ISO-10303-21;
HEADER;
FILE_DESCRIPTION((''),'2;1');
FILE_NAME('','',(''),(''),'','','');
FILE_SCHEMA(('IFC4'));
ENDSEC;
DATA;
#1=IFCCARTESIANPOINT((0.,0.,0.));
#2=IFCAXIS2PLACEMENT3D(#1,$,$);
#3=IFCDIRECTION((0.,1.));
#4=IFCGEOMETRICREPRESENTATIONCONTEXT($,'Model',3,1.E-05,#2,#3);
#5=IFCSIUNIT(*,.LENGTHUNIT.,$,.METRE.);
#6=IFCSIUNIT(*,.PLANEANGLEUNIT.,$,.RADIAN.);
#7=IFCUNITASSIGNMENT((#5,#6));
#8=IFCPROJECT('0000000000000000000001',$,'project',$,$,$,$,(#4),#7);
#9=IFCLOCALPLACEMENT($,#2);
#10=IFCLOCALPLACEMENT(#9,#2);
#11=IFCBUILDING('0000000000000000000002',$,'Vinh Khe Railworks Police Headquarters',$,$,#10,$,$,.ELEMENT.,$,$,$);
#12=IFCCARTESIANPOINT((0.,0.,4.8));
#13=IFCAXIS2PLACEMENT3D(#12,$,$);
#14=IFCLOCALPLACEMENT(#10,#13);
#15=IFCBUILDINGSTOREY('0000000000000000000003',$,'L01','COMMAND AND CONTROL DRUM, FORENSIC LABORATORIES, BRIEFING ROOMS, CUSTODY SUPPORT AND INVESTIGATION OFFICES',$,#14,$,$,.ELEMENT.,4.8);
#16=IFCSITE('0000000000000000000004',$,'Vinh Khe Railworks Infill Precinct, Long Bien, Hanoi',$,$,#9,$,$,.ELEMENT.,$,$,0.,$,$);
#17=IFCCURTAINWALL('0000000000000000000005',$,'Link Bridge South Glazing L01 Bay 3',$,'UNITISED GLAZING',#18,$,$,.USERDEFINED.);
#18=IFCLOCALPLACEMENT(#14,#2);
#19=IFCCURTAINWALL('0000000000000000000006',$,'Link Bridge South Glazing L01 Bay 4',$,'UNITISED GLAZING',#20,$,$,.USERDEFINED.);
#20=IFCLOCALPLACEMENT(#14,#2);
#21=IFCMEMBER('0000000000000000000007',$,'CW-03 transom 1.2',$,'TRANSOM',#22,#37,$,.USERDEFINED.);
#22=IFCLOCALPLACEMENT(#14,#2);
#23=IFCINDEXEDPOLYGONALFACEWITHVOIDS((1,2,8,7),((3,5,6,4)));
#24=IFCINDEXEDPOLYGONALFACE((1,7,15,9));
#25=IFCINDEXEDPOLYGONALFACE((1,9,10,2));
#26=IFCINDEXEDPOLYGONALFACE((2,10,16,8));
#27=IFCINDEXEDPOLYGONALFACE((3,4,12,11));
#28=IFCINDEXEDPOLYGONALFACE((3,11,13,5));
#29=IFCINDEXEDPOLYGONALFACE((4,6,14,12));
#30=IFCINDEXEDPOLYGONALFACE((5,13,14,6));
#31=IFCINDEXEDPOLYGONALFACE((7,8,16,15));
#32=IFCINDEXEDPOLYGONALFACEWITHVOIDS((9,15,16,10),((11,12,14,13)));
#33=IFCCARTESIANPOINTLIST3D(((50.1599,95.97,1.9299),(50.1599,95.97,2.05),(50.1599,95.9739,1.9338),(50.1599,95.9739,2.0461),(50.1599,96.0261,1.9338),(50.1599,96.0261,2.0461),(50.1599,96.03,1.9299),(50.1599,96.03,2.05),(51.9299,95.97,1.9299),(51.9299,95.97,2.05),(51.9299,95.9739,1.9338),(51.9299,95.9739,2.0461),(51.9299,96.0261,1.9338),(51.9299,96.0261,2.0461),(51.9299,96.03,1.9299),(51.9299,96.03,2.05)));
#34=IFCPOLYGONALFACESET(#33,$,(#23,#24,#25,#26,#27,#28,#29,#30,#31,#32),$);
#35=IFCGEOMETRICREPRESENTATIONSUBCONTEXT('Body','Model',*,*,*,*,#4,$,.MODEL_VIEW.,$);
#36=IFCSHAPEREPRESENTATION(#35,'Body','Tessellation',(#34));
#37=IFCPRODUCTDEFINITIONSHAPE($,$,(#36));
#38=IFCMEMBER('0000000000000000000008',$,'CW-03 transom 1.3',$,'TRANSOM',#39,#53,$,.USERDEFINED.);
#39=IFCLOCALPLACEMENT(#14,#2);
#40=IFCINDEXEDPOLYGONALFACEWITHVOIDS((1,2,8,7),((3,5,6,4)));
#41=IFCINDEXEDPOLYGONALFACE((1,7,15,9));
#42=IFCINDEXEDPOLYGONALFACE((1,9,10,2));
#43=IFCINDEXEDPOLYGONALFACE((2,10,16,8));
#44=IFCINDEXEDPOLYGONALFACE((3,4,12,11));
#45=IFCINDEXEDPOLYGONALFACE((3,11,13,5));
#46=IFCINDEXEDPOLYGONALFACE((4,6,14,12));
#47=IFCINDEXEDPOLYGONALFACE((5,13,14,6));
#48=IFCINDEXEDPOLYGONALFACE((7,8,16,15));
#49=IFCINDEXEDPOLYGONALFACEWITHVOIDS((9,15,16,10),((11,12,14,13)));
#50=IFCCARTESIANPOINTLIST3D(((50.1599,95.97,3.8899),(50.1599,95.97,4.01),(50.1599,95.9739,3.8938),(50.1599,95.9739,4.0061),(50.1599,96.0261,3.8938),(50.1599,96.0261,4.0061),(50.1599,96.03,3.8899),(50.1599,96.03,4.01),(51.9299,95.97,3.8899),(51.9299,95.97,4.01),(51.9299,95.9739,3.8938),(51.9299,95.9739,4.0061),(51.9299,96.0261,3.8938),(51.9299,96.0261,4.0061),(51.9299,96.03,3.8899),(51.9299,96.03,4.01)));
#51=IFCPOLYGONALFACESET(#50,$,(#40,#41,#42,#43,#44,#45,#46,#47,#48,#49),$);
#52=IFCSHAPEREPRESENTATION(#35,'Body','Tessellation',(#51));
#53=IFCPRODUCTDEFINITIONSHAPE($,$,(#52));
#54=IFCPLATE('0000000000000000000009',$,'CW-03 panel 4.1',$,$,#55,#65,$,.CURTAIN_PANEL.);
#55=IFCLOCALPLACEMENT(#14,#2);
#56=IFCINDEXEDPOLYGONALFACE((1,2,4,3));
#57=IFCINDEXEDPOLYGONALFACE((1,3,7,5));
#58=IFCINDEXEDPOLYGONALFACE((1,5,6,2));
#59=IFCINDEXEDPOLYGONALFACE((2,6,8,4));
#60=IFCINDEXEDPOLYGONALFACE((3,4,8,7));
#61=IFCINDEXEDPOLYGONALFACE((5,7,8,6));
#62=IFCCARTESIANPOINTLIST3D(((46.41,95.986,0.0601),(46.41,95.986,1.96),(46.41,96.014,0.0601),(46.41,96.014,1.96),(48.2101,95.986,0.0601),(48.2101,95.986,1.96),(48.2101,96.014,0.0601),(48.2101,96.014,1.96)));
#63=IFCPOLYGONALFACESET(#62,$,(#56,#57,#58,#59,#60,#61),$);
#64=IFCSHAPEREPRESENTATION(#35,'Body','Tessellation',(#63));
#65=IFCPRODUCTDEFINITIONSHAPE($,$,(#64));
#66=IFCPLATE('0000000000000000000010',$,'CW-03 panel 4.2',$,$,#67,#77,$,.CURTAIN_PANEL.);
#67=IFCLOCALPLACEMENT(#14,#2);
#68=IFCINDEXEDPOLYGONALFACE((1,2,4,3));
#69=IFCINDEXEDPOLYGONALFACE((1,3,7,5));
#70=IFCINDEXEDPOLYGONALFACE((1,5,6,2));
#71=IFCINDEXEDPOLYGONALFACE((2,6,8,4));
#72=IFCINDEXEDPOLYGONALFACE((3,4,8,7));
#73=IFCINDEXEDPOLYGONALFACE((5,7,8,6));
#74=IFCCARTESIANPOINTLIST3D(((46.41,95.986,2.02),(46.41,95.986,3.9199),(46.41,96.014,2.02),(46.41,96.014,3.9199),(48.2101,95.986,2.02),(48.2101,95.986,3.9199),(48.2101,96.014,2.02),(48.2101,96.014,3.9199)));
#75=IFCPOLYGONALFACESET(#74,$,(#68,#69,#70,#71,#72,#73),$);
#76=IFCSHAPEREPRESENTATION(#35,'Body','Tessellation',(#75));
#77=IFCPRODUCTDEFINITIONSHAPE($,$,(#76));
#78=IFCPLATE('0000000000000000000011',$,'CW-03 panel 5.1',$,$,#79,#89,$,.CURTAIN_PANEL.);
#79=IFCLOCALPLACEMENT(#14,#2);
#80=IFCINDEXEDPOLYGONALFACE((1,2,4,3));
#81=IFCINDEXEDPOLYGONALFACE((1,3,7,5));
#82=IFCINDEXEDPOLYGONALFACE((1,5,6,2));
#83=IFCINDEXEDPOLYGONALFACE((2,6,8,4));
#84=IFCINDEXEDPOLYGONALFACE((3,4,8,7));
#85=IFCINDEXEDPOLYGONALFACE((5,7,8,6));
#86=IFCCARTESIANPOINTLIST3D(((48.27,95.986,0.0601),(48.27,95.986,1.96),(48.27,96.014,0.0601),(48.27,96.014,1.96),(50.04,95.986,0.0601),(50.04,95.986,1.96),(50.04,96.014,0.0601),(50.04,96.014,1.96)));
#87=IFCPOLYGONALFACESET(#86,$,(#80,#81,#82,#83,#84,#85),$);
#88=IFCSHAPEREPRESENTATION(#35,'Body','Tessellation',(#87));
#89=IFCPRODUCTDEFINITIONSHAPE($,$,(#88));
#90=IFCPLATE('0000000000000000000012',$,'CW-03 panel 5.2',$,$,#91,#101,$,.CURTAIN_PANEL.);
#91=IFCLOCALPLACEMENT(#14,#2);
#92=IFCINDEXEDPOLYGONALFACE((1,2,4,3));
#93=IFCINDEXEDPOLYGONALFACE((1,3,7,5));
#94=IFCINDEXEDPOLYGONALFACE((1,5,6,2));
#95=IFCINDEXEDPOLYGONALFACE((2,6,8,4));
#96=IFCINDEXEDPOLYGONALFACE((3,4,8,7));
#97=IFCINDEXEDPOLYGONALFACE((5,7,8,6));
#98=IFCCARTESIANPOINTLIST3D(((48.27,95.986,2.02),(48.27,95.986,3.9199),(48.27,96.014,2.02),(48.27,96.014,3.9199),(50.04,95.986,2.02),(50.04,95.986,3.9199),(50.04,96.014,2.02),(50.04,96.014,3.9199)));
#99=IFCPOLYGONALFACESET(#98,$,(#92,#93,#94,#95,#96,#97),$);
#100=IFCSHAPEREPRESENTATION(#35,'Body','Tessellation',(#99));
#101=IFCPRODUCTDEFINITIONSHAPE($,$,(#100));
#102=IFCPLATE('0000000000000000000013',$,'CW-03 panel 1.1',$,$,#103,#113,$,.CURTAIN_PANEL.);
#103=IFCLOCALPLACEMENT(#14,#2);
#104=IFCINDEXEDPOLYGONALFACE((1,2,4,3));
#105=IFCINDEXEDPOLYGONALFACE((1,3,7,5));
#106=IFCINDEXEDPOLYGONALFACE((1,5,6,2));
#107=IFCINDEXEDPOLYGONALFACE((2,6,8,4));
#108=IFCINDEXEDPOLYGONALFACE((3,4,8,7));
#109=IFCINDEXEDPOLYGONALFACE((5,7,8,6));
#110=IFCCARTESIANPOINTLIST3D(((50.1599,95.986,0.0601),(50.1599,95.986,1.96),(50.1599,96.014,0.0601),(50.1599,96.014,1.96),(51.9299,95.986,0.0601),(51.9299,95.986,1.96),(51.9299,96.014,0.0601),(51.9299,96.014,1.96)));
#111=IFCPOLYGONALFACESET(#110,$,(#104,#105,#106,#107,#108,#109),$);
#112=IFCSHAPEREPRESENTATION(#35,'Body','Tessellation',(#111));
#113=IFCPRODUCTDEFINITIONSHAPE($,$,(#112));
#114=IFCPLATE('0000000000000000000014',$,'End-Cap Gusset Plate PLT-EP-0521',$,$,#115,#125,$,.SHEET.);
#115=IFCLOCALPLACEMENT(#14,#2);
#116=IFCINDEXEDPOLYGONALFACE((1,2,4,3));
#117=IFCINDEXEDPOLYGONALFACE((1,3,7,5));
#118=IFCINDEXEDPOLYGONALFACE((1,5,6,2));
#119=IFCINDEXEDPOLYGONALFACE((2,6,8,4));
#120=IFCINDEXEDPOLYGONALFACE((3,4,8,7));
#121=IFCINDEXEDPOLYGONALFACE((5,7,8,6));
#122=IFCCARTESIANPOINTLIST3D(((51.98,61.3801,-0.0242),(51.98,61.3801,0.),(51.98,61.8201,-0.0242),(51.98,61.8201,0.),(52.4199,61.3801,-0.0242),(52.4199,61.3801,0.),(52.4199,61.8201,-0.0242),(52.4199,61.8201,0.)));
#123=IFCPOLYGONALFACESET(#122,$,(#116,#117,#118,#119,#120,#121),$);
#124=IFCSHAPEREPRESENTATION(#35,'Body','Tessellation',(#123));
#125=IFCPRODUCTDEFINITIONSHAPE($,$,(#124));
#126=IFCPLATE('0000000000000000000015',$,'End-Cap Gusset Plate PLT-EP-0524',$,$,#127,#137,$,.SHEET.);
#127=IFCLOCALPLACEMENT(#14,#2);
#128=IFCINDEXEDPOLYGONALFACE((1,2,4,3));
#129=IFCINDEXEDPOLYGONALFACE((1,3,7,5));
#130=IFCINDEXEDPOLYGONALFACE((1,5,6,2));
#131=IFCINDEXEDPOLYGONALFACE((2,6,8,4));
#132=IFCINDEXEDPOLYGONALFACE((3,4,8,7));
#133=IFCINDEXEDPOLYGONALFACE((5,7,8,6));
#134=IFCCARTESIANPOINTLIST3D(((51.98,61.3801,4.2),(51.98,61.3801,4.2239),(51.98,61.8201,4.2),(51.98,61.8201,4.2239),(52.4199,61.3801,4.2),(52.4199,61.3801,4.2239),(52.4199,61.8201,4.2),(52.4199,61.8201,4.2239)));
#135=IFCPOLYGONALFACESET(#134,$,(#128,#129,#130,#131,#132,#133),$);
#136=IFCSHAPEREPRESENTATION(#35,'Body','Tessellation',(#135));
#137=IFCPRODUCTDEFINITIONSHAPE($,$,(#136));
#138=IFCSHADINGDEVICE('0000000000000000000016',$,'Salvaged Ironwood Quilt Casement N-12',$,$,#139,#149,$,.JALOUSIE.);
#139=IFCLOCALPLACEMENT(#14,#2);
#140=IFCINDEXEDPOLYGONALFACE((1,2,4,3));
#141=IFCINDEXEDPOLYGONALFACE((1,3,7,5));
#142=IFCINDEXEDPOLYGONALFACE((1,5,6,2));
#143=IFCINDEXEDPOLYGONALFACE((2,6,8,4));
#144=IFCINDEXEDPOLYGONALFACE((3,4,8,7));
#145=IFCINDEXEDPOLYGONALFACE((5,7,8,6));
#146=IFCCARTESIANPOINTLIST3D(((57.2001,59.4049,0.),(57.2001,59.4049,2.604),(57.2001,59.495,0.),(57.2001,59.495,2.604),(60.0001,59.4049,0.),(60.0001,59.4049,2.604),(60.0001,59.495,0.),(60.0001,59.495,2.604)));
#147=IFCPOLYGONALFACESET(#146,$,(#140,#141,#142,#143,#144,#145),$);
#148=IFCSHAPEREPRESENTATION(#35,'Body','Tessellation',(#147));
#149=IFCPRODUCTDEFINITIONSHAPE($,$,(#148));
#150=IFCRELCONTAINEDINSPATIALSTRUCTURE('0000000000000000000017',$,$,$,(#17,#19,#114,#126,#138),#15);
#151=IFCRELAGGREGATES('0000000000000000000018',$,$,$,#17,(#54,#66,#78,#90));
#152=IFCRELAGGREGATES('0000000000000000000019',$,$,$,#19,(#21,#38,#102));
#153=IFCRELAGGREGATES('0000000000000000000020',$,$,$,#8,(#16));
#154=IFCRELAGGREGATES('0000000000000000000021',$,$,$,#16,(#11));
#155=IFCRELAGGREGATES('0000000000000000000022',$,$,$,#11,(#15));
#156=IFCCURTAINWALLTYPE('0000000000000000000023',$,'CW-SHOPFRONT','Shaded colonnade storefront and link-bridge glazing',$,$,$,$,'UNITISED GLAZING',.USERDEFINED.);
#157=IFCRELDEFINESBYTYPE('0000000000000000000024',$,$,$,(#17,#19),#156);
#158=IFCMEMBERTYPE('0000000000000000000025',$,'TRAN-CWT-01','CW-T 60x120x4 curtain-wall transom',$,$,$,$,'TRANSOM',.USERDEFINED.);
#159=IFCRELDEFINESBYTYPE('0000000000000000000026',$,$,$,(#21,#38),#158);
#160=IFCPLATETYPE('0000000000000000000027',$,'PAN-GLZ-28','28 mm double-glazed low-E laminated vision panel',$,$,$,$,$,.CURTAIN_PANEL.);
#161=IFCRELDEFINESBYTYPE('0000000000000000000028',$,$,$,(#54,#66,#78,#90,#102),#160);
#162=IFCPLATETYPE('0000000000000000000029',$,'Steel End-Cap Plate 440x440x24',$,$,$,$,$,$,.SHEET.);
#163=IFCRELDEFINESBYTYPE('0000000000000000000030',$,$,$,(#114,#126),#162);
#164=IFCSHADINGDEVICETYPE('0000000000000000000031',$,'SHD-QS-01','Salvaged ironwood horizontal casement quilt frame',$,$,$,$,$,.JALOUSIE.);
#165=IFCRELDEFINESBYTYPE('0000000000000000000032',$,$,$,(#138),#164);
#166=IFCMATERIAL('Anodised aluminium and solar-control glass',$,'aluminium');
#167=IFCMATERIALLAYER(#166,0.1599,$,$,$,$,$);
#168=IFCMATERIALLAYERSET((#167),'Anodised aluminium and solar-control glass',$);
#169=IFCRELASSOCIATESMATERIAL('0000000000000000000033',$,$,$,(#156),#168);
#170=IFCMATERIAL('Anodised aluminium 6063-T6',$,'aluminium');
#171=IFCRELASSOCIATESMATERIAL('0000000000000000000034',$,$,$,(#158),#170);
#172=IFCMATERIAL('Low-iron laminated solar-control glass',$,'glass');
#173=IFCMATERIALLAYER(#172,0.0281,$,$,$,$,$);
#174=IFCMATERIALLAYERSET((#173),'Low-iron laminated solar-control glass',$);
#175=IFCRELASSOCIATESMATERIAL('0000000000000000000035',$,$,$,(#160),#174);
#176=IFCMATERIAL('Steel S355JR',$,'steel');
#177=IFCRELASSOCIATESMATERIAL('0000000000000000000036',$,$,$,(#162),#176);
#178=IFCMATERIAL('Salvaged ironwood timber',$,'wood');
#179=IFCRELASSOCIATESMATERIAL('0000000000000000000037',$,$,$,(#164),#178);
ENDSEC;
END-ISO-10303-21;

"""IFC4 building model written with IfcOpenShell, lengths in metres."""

from ifc_helpers import new_model, si_unit, direction, frame, origin, origin_2d, place, context, subcontext, project, spatial, rectangle, hollow_rectangle, extrude, material, layer, layer_set, material_profile, profile_set, type_object, element, aggregate, save


model = new_model("IFC4")

# Units and contexts
model_context = context("Model", 3, precision=1e-05, world=origin(), true_north=direction((0.0, 1.0)))
body_context = subcontext(model_context, "Body", "Model", "MODEL_VIEW")
ifc_project = project(units=[si_unit("LENGTHUNIT", "METRE"), si_unit("PLANEANGLEUNIT", "RADIAN")], contexts=[model_context])

# Site, building, storey
site_placement = place(None, origin())
site = spatial("IfcSite", under=ifc_project, at=site_placement, Name="Vinh Khe Railworks Infill Precinct, Long Bien, Hanoi", CompositionType="ELEMENT", RefElevation=0.0)
building_placement = place(site_placement, origin())
building = spatial("IfcBuilding", under=site, at=building_placement, Name="Vinh Khe Railworks Police Headquarters", CompositionType="ELEMENT")
storey_placement = place(building_placement, frame((0.0, 0.0, 4.8)))
storey = spatial("IfcBuildingStorey", under=building, at=storey_placement, Name="L01", Description="COMMAND AND CONTROL DRUM, FORENSIC LABORATORIES, BRIEFING ROOMS, CUSTODY SUPPORT AND INVESTIGATION OFFICES", CompositionType="ELEMENT", Elevation=4.8)

# Shared definitions
ifc_material_1 = material(Name="Steel S355JR", Category="steel")

# Shared definitions
ifc_material_2 = material(Name="Salvaged ironwood timber", Category="wood")

# Curtain wall
ifc_material_3 = material(Name="Anodised aluminium and solar-control glass", Category="aluminium")
ifc_layer_1 = layer(ifc_material_3, 0.1599)
ifc_layer_set_1 = layer_set([ifc_layer_1], Name="Anodised aluminium and solar-control glass")
curtain_wall_type = type_object("IfcCurtainWallType", Name="CW-SHOPFRONT", Description="Shaded colonnade storefront and link-bridge glazing", ElementType="UNITISED GLAZING", PredefinedType="USERDEFINED", material=ifc_layer_set_1)
curtain_wall_1_placement = place(storey_placement, origin())
curtain_wall_1 = element("IfcCurtainWall", 1, at=curtain_wall_1_placement, inside=storey, type_object=curtain_wall_type, Name="Link Bridge South Glazing L01 Bay 3", ObjectType="UNITISED GLAZING", PredefinedType="USERDEFINED")
ifc_material_4 = material(Name="Anodised aluminium 6063-T6", Category="aluminium")

# Curtain wall
curtain_wall_2_placement = place(storey_placement, origin())
curtain_wall_2 = element("IfcCurtainWall", 2, at=curtain_wall_2_placement, inside=storey, type_object=curtain_wall_type, Name="Link Bridge South Glazing L01 Bay 4", ObjectType="UNITISED GLAZING", PredefinedType="USERDEFINED")

# Members
ifc_material_profile_1 = material_profile(ifc_material_4, hollow_rectangle(XDim=0.0601, YDim=0.1201, WallThickness=0.0039, at=origin_2d()), Name="CW-T 60x120x4")
ifc_profile_set_1 = profile_set([ifc_material_profile_1], Name="Anodised aluminium 6063-T6")
member_type_1 = type_object("IfcMemberType", Name="TRAN-CWT-01", Description="CW-T 60x120x4 curtain-wall transom", ElementType="TRANSOM", PredefinedType="USERDEFINED", material=ifc_profile_set_1)
member_1_placement = place(storey_placement, frame((50.1599, 96.0, 1.99), z_axis=(1.0, 0.0, 0.0), x_axis=(0.0, 1.0, 0.0)))
member_1 = element("IfcMember", 3, at=member_1_placement, type_object=member_type_1, Name="CW-03 transom 1.2", ObjectType="TRANSOM", PredefinedType="USERDEFINED", context=body_context, shape_type="SweptSolid", body=[
    extrude(hollow_rectangle(XDim=0.0601, YDim=0.1201, WallThickness=0.0039, at=origin_2d()), origin(), (0.0, 0.0, 1.0), 1.77),
])
member_2_placement = place(storey_placement, frame((50.1599, 96.0, 3.95), z_axis=(1.0, 0.0, 0.0), x_axis=(0.0, 1.0, 0.0)))
member_2 = element("IfcMember", 4, at=member_2_placement, type_object=member_type_1, Name="CW-03 transom 1.3", ObjectType="TRANSOM", PredefinedType="USERDEFINED", context=body_context, shape_type="SweptSolid", body=[
    extrude(hollow_rectangle(XDim=0.0601, YDim=0.1201, WallThickness=0.0039, at=origin_2d()), origin(), (0.0, 0.0, 1.0), 1.77),
])

# Plates
ifc_material_5 = material(Name="Low-iron laminated solar-control glass", Category="glass")
ifc_layer_2 = layer(ifc_material_5, 0.0281)
ifc_layer_set_2 = layer_set([ifc_layer_2], Name="Low-iron laminated solar-control glass")
plate_type_1 = type_object("IfcPlateType", Name="PAN-GLZ-28", Description="28 mm double-glazed low-E laminated vision panel", PredefinedType="CURTAIN_PANEL", material=ifc_layer_set_2)
plate_1_placement = place(storey_placement, frame((47.3101, 96.0, 0.0601), z_axis=(0.0, 0.0, 1.0), x_axis=(1.0, 0.0, 0.0)))
plate_1 = element("IfcPlate", 5, at=plate_1_placement, type_object=plate_type_1, Name="CW-03 panel 4.1", PredefinedType="CURTAIN_PANEL", context=body_context, shape_type="SweptSolid", body=[
    extrude(rectangle(XDim=1.8, YDim=0.0281, at=origin_2d()), origin(), (0.0, 0.0, 1.0), 1.8999),
])
plate_2_placement = place(storey_placement, frame((47.3101, 96.0, 2.02), z_axis=(0.0, 0.0, 1.0), x_axis=(1.0, 0.0, 0.0)))
plate_2 = element("IfcPlate", 6, at=plate_2_placement, type_object=plate_type_1, Name="CW-03 panel 4.2", PredefinedType="CURTAIN_PANEL", context=body_context, shape_type="SweptSolid", body=[
    extrude(rectangle(XDim=1.8, YDim=0.0281, at=origin_2d()), origin(), (0.0, 0.0, 1.0), 1.8999),
])
plate_3_placement = place(storey_placement, frame((49.155, 96.0, 0.0601), z_axis=(0.0, 0.0, 1.0), x_axis=(1.0, 0.0, 0.0)))
plate_3 = element("IfcPlate", 7, at=plate_3_placement, type_object=plate_type_1, Name="CW-03 panel 5.1", PredefinedType="CURTAIN_PANEL", context=body_context, shape_type="SweptSolid", body=[
    extrude(rectangle(XDim=1.77, YDim=0.0281, at=origin_2d()), origin(), (0.0, 0.0, 1.0), 1.8999),
])
plate_4_placement = place(storey_placement, frame((49.155, 96.0, 2.02), z_axis=(0.0, 0.0, 1.0), x_axis=(1.0, 0.0, 0.0)))
plate_4 = element("IfcPlate", 8, at=plate_4_placement, type_object=plate_type_1, Name="CW-03 panel 5.2", PredefinedType="CURTAIN_PANEL", context=body_context, shape_type="SweptSolid", body=[
    extrude(rectangle(XDim=1.77, YDim=0.0281, at=origin_2d()), origin(), (0.0, 0.0, 1.0), 1.8999),
])
aggregate(curtain_wall_1, [plate_1, plate_2, plate_3, plate_4])
plate_5_placement = place(storey_placement, frame((51.0449, 96.0, 0.0601), z_axis=(0.0, 0.0, 1.0), x_axis=(1.0, 0.0, 0.0)))
plate_5 = element("IfcPlate", 9, at=plate_5_placement, type_object=plate_type_1, Name="CW-03 panel 1.1", PredefinedType="CURTAIN_PANEL", context=body_context, shape_type="SweptSolid", body=[
    extrude(rectangle(XDim=1.77, YDim=0.0281, at=origin_2d()), origin(), (0.0, 0.0, 1.0), 1.8999),
])
aggregate(curtain_wall_2, [member_1, member_2, plate_5])

# Plates
ifc_material_profile_2 = material_profile(ifc_material_1, rectangle(XDim=0.4399, YDim=0.4399, at=origin_2d()), Name="PL 440x440")
ifc_profile_set_2 = profile_set([ifc_material_profile_2], Name="Steel S355JR")
plate_type_2 = type_object("IfcPlateType", Name="Steel End-Cap Plate 440x440x24", PredefinedType="SHEET", material=ifc_profile_set_2)
plate_6_placement = place(storey_placement, frame((52.2, 61.6001, 0.0), z_axis=(0.0, 0.0, -1.0), x_axis=(1.0, 0.0, 0.0)))
element("IfcPlate", 10, at=plate_6_placement, inside=storey, type_object=plate_type_2, Name="End-Cap Gusset Plate PLT-EP-0521", PredefinedType="SHEET", context=body_context, shape_type="SweptSolid", body=[
    extrude(rectangle(XDim=0.4399, YDim=0.4399, at=origin_2d()), origin(), (0.0, 0.0, 1.0), 0.0242),
])
plate_7_placement = place(storey_placement, frame((52.2, 61.6001, 4.2), z_axis=(0.0, 0.0, 1.0), x_axis=(1.0, 0.0, 0.0)))
element("IfcPlate", 11, at=plate_7_placement, inside=storey, type_object=plate_type_2, Name="End-Cap Gusset Plate PLT-EP-0524", PredefinedType="SHEET", context=body_context, shape_type="SweptSolid", body=[
    extrude(rectangle(XDim=0.4399, YDim=0.4399, at=origin_2d()), origin(), (0.0, 0.0, 1.0), 0.0239),
])

# Shading device
shading_device_type = type_object("IfcShadingDeviceType", Name="SHD-QS-01", Description="Salvaged ironwood horizontal casement quilt frame", PredefinedType="JALOUSIE", material=ifc_material_2)
shading_device_placement = place(storey_placement, frame((58.6001, 59.45, 0.0), z_axis=(0.0, 0.0, 1.0), x_axis=(1.0, 0.0, 0.0)))
element("IfcShadingDevice", 12, at=shading_device_placement, inside=storey, type_object=shading_device_type, Name="Salvaged Ironwood Quilt Casement N-12", PredefinedType="JALOUSIE", context=body_context, shape_type="SweptSolid", body=[
    extrude(rectangle(XDim=2.8, YDim=0.0901, at=origin_2d()), origin(), (0.0, 0.0, 1.0), 2.604),
])

save(model, "model.ifc")
